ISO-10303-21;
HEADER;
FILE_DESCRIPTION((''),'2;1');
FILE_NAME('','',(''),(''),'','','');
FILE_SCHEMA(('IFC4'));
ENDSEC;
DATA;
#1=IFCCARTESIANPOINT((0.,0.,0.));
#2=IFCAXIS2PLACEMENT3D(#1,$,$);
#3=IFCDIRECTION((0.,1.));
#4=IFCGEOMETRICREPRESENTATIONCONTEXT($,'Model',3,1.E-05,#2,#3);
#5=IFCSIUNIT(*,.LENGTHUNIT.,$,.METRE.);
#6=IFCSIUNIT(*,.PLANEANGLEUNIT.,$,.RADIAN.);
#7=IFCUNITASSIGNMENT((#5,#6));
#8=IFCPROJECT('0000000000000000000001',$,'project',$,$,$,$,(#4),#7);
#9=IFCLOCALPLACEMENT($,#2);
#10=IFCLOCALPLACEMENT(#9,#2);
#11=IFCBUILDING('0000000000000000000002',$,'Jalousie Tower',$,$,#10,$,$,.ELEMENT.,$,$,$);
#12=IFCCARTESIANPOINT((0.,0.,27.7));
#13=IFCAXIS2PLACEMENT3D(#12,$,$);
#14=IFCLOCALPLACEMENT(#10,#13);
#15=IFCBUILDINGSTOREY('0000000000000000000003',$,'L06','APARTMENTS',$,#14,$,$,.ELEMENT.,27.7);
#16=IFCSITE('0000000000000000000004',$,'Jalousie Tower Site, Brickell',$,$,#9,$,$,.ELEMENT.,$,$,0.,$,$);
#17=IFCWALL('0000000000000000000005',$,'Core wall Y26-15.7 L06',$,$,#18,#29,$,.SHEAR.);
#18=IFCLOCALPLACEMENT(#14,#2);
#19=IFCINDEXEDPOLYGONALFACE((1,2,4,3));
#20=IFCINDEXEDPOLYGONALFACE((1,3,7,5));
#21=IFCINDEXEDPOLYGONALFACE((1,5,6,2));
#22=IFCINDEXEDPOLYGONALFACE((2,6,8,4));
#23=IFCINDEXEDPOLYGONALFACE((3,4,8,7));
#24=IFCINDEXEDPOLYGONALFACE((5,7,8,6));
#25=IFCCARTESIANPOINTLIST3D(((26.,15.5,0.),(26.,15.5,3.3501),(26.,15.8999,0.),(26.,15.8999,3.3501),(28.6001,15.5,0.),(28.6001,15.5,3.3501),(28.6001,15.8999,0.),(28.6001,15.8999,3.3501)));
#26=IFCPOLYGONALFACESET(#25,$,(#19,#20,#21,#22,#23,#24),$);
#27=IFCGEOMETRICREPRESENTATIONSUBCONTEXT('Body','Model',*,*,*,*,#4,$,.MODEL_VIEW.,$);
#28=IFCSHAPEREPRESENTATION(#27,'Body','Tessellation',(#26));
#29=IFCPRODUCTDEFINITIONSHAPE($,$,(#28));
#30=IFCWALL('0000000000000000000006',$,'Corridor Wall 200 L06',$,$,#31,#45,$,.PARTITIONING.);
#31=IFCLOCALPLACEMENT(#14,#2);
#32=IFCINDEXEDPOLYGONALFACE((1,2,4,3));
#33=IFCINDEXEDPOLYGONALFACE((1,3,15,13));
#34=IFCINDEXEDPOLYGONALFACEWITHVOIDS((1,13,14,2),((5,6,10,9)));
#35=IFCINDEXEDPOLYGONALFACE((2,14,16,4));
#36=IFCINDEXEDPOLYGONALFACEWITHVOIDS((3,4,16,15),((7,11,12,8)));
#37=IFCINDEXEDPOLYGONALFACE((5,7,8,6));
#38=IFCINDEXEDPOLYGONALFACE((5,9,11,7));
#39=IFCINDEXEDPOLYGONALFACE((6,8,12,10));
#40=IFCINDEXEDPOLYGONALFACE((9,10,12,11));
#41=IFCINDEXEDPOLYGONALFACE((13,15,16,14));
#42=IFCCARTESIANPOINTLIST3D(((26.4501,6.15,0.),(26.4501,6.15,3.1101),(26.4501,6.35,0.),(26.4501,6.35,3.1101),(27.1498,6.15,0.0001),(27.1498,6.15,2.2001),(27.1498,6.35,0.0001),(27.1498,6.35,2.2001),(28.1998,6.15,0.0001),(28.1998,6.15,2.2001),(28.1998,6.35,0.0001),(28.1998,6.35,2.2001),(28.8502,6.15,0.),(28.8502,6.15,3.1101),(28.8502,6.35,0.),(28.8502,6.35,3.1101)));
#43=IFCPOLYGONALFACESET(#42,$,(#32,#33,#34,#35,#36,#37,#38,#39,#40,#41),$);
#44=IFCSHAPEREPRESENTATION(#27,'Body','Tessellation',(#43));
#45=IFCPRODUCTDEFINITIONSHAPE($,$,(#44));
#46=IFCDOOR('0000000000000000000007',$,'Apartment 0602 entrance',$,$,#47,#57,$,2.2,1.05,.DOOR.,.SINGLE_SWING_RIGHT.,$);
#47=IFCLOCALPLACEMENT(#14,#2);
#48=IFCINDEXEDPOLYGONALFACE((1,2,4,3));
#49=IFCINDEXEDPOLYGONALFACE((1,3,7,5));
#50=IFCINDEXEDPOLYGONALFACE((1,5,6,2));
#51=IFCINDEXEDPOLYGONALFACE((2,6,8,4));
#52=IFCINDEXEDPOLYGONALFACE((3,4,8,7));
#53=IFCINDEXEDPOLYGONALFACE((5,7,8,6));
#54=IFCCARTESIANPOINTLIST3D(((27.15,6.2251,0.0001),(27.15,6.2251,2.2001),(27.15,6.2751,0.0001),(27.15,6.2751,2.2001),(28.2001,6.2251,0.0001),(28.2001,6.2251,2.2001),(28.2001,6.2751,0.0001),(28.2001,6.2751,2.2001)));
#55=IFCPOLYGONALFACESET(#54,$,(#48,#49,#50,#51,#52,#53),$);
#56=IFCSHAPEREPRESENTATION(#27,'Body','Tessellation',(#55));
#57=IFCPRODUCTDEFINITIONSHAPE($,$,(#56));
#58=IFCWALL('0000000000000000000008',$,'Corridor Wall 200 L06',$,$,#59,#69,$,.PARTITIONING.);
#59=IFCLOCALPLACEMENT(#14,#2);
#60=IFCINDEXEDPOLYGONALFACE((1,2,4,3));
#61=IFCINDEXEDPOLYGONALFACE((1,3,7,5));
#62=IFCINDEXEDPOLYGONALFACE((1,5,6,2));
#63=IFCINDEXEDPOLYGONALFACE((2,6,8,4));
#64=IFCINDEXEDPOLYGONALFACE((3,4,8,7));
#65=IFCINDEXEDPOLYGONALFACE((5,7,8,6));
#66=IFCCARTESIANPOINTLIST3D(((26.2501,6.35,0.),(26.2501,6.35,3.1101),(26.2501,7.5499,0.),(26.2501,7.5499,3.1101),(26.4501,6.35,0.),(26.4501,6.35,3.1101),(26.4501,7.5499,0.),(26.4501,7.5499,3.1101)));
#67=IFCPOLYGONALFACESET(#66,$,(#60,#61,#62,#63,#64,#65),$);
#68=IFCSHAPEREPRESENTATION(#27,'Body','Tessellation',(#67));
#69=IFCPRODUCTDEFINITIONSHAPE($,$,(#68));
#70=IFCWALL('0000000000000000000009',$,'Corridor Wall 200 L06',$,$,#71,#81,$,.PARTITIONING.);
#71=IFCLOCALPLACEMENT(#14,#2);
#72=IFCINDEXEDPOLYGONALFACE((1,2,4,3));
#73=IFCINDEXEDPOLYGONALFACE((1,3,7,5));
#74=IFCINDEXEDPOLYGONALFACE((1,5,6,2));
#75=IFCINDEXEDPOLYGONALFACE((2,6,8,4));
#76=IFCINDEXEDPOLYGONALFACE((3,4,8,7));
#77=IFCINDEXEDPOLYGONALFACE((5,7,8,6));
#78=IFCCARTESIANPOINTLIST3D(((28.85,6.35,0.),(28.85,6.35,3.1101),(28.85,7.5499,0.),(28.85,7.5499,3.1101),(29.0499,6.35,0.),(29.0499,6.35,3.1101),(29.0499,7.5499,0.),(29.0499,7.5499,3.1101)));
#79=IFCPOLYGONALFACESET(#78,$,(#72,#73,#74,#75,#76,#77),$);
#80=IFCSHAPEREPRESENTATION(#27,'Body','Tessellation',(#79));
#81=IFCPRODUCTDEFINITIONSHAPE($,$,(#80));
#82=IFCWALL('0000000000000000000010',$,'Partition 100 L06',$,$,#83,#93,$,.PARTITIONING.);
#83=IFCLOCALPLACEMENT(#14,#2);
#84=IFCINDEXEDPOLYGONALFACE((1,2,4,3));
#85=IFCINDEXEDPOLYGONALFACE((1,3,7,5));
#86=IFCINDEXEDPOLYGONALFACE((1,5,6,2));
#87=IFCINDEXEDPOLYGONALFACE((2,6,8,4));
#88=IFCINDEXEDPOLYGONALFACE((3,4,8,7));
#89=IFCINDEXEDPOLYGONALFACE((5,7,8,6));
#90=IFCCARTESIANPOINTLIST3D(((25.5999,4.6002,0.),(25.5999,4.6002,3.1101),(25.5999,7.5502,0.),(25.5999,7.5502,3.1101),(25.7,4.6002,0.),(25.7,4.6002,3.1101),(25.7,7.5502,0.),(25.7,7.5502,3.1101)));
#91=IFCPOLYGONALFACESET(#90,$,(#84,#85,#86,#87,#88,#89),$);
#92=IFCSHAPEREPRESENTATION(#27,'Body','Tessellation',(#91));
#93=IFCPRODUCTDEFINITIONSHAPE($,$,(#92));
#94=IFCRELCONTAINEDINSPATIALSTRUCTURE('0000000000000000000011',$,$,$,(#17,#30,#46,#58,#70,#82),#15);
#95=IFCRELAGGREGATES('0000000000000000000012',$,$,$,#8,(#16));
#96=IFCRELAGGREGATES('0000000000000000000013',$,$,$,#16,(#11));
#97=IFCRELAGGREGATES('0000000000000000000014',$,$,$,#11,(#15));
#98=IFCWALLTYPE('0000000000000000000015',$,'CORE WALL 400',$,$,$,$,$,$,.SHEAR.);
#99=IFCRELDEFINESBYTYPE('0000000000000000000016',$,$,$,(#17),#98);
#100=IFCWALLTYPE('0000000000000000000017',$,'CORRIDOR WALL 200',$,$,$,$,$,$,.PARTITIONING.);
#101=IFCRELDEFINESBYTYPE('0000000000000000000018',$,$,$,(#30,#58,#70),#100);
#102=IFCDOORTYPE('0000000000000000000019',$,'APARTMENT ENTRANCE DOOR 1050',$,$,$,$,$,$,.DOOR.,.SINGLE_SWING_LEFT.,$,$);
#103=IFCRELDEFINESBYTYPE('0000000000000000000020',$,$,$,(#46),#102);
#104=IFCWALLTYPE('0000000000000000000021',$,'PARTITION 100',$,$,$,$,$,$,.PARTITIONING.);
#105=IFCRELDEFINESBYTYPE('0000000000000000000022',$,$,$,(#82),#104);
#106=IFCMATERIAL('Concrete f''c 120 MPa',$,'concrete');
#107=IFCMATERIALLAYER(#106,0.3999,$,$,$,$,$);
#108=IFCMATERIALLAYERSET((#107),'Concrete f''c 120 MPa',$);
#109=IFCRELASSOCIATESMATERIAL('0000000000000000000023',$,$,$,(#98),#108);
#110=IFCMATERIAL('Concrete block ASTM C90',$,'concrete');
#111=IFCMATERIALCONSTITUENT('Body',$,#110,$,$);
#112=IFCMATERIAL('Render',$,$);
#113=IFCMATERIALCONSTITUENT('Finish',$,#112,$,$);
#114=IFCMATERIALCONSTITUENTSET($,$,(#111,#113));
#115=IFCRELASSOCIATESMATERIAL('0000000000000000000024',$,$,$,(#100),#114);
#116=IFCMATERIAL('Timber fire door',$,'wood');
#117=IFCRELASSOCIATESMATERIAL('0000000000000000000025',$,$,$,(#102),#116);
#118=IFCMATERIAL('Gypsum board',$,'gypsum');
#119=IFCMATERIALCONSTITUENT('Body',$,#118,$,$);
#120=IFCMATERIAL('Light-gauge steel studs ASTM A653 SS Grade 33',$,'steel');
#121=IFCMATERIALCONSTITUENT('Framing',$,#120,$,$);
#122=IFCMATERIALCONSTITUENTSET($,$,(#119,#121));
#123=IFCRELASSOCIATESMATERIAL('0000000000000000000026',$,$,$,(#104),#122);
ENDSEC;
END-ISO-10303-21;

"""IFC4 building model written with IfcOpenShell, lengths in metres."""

from ifc_helpers import new_model, si_unit, direction, frame, frame_2d, origin, place, context, subcontext, project, spatial, rectangle, extrude, material, layer, layer_set, constituent, constituent_set, type_object, element, fill, save


model = new_model("IFC4")

# Units and contexts
model_context = context("Model", 3, precision=1e-05, world=origin(), true_north=direction((0.0, 1.0)))
body_context = subcontext(model_context, "Body", "Model", "MODEL_VIEW")
ifc_project = project(units=[si_unit("LENGTHUNIT", "METRE"), si_unit("PLANEANGLEUNIT", "RADIAN")], contexts=[model_context])

# Site, building, storey
site_placement = place(None, origin())
site = spatial("IfcSite", under=ifc_project, at=site_placement, Name="Jalousie Tower Site, Brickell", CompositionType="ELEMENT", RefElevation=0.0)
building_placement = place(site_placement, origin())
building = spatial("IfcBuilding", under=site, at=building_placement, Name="Jalousie Tower", CompositionType="ELEMENT")
storey_placement = place(building_placement, frame((0.0, 0.0, 27.7)))
storey = spatial("IfcBuildingStorey", under=building, at=storey_placement, Name="L06", Description="APARTMENTS", CompositionType="ELEMENT", Elevation=27.7)

# Shared definitions
ifc_material_1 = material(Name="Concrete f'c 120 MPa", Category="concrete")
ifc_layer_1 = layer(ifc_material_1, 0.3999)
ifc_layer_set_1 = layer_set([ifc_layer_1], Name="Concrete f'c 120 MPa")
wall_type_1 = type_object("IfcWallType", Name="CORE WALL 400", PredefinedType="SHEAR", material=ifc_layer_set_1)

# Wall
for number, where, z_axis, x_axis, name in (
    (1, (26.0, 15.7, 0.0), (0.0, 0.0, 1.0), (1.0, 0.0, 0.0), "Core wall Y26-15.7 L06"),
):
    element("IfcWall", number, at=place(storey_placement, frame(where, z_axis=z_axis, x_axis=x_axis)), inside=storey, type_object=wall_type_1, Name=name, PredefinedType="SHEAR", context=body_context, shape_type="SweptSolid", body=[
        extrude(rectangle(XDim=2.6001, YDim=0.3999, at=frame_2d((1.3, 0.0))), origin(), (0.0, 0.0, 1.0), 3.3501),
    ])

# Wall, opening, door
ifc_material_2 = material(Name="Concrete block ASTM C90", Category="concrete")
ifc_constituent_1 = constituent(ifc_material_2, Name="Body")
ifc_material_3 = material(Name="Render")
ifc_constituent_2 = constituent(ifc_material_3, Name="Finish")
ifc_constituent_set_1 = constituent_set(constituents=[ifc_constituent_1, ifc_constituent_2])
wall_type_2 = type_object("IfcWallType", Name="CORRIDOR WALL 200", PredefinedType="PARTITIONING", material=ifc_constituent_set_1)
wall_1_placement = place(storey_placement, frame((26.45, 6.25, 0.0), z_axis=(0.0, 0.0, 1.0), x_axis=(1.0, 0.0, 0.0)))
wall_1 = element("IfcWall", 2, at=wall_1_placement, inside=storey, type_object=wall_type_2, Name="Corridor Wall 200 L06", PredefinedType="PARTITIONING", context=body_context, shape_type="SweptSolid", body=[
    extrude(rectangle(XDim=2.4001, YDim=0.2, at=frame_2d((1.2002, 0.0))), origin(), (0.0, 0.0, 1.0), 3.1101),
])
opening_1_placement = place(wall_1_placement, frame((0.7, 0.0, 0.0)))
opening_1 = element("IfcOpeningElement", 3, at=opening_1_placement, cuts=wall_1, PredefinedType="OPENING", context=body_context, shape_type="SweptSolid", body=[
    extrude(rectangle(XDim=1.05, YDim=2.2, at=frame_2d((0.5249, 1.1001))), frame((0.0, 0.1099, 0.0), z_axis=(0.0, -1.0, 0.0), x_axis=(1.0, 0.0, 0.0)), (0.0, 0.0, 1.0), 0.22),
])
ifc_material_4 = material(Name="Timber fire door", Category="wood")
door_type_1 = type_object("IfcDoorType", Name="APARTMENT ENTRANCE DOOR 1050", OperationType="SINGLE_SWING_LEFT", PredefinedType="DOOR", material=ifc_material_4)
door_1_placement = place(opening_1_placement, frame((1.05, 0.0, 0.0), z_axis=(0.0, 0.0, 1.0), x_axis=(-1.0, 0.0, 0.0)))
door_1 = element("IfcDoor", 4, at=door_1_placement, inside=storey, type_object=door_type_1, Name="Apartment 0602 entrance", OperationType="SINGLE_SWING_RIGHT", OverallHeight=2.2, OverallWidth=1.05, PredefinedType="DOOR", context=body_context, shape_type="SweptSolid", body=[
    extrude(rectangle(XDim=1.05, YDim=2.2, at=frame_2d((0.5249, 1.1001))), frame((0.0, 0.0249, 0.0), z_axis=(0.0, -1.0, 0.0), x_axis=(1.0, 0.0, 0.0)), (0.0, 0.0, 1.0), 0.05),
])
fill(opening_1, door_1)

# Walls
for number, where, z_axis, x_axis, name in (
    (5, (26.3501, 7.55, 0.0), (0.0, 0.0, 1.0), (0.0, -1.0, 0.0), "Corridor Wall 200 L06"),
    (6, (28.95, 7.55, 0.0), (0.0, 0.0, 1.0), (0.0, -1.0, 0.0), "Corridor Wall 200 L06"),
):
    element("IfcWall", number, at=place(storey_placement, frame(where, z_axis=z_axis, x_axis=x_axis)), inside=storey, type_object=wall_type_2, Name=name, PredefinedType="PARTITIONING", context=body_context, shape_type="SweptSolid", body=[
        extrude(rectangle(XDim=1.2, YDim=0.2, at=frame_2d((0.6001, 0.0))), origin(), (0.0, 0.0, 1.0), 3.1101),
    ])
ifc_material_5 = material(Name="Gypsum board", Category="gypsum")
ifc_constituent_3 = constituent(ifc_material_5, Name="Body")
ifc_material_6 = material(Name="Light-gauge steel studs ASTM A653 SS Grade 33", Category="steel")
ifc_constituent_4 = constituent(ifc_material_6, Name="Framing")
ifc_constituent_set_2 = constituent_set(constituents=[ifc_constituent_3, ifc_constituent_4])
wall_type_3 = type_object("IfcWallType", Name="PARTITION 100", PredefinedType="PARTITIONING", material=ifc_constituent_set_2)
wall_2_placement = place(storey_placement, frame((25.6499, 4.6001, 0.0), z_axis=(0.0, 0.0, 1.0), x_axis=(0.0, 1.0, 0.0)))
element("IfcWall", 7, at=wall_2_placement, inside=storey, type_object=wall_type_3, Name="Partition 100 L06", PredefinedType="PARTITIONING", context=body_context, shape_type="SweptSolid", body=[
    extrude(rectangle(XDim=2.95, YDim=0.1001, at=frame_2d((1.4751, 0.0))), origin(), (0.0, 0.0, 1.0), 3.1101),
])

save(model, "model.ifc")
